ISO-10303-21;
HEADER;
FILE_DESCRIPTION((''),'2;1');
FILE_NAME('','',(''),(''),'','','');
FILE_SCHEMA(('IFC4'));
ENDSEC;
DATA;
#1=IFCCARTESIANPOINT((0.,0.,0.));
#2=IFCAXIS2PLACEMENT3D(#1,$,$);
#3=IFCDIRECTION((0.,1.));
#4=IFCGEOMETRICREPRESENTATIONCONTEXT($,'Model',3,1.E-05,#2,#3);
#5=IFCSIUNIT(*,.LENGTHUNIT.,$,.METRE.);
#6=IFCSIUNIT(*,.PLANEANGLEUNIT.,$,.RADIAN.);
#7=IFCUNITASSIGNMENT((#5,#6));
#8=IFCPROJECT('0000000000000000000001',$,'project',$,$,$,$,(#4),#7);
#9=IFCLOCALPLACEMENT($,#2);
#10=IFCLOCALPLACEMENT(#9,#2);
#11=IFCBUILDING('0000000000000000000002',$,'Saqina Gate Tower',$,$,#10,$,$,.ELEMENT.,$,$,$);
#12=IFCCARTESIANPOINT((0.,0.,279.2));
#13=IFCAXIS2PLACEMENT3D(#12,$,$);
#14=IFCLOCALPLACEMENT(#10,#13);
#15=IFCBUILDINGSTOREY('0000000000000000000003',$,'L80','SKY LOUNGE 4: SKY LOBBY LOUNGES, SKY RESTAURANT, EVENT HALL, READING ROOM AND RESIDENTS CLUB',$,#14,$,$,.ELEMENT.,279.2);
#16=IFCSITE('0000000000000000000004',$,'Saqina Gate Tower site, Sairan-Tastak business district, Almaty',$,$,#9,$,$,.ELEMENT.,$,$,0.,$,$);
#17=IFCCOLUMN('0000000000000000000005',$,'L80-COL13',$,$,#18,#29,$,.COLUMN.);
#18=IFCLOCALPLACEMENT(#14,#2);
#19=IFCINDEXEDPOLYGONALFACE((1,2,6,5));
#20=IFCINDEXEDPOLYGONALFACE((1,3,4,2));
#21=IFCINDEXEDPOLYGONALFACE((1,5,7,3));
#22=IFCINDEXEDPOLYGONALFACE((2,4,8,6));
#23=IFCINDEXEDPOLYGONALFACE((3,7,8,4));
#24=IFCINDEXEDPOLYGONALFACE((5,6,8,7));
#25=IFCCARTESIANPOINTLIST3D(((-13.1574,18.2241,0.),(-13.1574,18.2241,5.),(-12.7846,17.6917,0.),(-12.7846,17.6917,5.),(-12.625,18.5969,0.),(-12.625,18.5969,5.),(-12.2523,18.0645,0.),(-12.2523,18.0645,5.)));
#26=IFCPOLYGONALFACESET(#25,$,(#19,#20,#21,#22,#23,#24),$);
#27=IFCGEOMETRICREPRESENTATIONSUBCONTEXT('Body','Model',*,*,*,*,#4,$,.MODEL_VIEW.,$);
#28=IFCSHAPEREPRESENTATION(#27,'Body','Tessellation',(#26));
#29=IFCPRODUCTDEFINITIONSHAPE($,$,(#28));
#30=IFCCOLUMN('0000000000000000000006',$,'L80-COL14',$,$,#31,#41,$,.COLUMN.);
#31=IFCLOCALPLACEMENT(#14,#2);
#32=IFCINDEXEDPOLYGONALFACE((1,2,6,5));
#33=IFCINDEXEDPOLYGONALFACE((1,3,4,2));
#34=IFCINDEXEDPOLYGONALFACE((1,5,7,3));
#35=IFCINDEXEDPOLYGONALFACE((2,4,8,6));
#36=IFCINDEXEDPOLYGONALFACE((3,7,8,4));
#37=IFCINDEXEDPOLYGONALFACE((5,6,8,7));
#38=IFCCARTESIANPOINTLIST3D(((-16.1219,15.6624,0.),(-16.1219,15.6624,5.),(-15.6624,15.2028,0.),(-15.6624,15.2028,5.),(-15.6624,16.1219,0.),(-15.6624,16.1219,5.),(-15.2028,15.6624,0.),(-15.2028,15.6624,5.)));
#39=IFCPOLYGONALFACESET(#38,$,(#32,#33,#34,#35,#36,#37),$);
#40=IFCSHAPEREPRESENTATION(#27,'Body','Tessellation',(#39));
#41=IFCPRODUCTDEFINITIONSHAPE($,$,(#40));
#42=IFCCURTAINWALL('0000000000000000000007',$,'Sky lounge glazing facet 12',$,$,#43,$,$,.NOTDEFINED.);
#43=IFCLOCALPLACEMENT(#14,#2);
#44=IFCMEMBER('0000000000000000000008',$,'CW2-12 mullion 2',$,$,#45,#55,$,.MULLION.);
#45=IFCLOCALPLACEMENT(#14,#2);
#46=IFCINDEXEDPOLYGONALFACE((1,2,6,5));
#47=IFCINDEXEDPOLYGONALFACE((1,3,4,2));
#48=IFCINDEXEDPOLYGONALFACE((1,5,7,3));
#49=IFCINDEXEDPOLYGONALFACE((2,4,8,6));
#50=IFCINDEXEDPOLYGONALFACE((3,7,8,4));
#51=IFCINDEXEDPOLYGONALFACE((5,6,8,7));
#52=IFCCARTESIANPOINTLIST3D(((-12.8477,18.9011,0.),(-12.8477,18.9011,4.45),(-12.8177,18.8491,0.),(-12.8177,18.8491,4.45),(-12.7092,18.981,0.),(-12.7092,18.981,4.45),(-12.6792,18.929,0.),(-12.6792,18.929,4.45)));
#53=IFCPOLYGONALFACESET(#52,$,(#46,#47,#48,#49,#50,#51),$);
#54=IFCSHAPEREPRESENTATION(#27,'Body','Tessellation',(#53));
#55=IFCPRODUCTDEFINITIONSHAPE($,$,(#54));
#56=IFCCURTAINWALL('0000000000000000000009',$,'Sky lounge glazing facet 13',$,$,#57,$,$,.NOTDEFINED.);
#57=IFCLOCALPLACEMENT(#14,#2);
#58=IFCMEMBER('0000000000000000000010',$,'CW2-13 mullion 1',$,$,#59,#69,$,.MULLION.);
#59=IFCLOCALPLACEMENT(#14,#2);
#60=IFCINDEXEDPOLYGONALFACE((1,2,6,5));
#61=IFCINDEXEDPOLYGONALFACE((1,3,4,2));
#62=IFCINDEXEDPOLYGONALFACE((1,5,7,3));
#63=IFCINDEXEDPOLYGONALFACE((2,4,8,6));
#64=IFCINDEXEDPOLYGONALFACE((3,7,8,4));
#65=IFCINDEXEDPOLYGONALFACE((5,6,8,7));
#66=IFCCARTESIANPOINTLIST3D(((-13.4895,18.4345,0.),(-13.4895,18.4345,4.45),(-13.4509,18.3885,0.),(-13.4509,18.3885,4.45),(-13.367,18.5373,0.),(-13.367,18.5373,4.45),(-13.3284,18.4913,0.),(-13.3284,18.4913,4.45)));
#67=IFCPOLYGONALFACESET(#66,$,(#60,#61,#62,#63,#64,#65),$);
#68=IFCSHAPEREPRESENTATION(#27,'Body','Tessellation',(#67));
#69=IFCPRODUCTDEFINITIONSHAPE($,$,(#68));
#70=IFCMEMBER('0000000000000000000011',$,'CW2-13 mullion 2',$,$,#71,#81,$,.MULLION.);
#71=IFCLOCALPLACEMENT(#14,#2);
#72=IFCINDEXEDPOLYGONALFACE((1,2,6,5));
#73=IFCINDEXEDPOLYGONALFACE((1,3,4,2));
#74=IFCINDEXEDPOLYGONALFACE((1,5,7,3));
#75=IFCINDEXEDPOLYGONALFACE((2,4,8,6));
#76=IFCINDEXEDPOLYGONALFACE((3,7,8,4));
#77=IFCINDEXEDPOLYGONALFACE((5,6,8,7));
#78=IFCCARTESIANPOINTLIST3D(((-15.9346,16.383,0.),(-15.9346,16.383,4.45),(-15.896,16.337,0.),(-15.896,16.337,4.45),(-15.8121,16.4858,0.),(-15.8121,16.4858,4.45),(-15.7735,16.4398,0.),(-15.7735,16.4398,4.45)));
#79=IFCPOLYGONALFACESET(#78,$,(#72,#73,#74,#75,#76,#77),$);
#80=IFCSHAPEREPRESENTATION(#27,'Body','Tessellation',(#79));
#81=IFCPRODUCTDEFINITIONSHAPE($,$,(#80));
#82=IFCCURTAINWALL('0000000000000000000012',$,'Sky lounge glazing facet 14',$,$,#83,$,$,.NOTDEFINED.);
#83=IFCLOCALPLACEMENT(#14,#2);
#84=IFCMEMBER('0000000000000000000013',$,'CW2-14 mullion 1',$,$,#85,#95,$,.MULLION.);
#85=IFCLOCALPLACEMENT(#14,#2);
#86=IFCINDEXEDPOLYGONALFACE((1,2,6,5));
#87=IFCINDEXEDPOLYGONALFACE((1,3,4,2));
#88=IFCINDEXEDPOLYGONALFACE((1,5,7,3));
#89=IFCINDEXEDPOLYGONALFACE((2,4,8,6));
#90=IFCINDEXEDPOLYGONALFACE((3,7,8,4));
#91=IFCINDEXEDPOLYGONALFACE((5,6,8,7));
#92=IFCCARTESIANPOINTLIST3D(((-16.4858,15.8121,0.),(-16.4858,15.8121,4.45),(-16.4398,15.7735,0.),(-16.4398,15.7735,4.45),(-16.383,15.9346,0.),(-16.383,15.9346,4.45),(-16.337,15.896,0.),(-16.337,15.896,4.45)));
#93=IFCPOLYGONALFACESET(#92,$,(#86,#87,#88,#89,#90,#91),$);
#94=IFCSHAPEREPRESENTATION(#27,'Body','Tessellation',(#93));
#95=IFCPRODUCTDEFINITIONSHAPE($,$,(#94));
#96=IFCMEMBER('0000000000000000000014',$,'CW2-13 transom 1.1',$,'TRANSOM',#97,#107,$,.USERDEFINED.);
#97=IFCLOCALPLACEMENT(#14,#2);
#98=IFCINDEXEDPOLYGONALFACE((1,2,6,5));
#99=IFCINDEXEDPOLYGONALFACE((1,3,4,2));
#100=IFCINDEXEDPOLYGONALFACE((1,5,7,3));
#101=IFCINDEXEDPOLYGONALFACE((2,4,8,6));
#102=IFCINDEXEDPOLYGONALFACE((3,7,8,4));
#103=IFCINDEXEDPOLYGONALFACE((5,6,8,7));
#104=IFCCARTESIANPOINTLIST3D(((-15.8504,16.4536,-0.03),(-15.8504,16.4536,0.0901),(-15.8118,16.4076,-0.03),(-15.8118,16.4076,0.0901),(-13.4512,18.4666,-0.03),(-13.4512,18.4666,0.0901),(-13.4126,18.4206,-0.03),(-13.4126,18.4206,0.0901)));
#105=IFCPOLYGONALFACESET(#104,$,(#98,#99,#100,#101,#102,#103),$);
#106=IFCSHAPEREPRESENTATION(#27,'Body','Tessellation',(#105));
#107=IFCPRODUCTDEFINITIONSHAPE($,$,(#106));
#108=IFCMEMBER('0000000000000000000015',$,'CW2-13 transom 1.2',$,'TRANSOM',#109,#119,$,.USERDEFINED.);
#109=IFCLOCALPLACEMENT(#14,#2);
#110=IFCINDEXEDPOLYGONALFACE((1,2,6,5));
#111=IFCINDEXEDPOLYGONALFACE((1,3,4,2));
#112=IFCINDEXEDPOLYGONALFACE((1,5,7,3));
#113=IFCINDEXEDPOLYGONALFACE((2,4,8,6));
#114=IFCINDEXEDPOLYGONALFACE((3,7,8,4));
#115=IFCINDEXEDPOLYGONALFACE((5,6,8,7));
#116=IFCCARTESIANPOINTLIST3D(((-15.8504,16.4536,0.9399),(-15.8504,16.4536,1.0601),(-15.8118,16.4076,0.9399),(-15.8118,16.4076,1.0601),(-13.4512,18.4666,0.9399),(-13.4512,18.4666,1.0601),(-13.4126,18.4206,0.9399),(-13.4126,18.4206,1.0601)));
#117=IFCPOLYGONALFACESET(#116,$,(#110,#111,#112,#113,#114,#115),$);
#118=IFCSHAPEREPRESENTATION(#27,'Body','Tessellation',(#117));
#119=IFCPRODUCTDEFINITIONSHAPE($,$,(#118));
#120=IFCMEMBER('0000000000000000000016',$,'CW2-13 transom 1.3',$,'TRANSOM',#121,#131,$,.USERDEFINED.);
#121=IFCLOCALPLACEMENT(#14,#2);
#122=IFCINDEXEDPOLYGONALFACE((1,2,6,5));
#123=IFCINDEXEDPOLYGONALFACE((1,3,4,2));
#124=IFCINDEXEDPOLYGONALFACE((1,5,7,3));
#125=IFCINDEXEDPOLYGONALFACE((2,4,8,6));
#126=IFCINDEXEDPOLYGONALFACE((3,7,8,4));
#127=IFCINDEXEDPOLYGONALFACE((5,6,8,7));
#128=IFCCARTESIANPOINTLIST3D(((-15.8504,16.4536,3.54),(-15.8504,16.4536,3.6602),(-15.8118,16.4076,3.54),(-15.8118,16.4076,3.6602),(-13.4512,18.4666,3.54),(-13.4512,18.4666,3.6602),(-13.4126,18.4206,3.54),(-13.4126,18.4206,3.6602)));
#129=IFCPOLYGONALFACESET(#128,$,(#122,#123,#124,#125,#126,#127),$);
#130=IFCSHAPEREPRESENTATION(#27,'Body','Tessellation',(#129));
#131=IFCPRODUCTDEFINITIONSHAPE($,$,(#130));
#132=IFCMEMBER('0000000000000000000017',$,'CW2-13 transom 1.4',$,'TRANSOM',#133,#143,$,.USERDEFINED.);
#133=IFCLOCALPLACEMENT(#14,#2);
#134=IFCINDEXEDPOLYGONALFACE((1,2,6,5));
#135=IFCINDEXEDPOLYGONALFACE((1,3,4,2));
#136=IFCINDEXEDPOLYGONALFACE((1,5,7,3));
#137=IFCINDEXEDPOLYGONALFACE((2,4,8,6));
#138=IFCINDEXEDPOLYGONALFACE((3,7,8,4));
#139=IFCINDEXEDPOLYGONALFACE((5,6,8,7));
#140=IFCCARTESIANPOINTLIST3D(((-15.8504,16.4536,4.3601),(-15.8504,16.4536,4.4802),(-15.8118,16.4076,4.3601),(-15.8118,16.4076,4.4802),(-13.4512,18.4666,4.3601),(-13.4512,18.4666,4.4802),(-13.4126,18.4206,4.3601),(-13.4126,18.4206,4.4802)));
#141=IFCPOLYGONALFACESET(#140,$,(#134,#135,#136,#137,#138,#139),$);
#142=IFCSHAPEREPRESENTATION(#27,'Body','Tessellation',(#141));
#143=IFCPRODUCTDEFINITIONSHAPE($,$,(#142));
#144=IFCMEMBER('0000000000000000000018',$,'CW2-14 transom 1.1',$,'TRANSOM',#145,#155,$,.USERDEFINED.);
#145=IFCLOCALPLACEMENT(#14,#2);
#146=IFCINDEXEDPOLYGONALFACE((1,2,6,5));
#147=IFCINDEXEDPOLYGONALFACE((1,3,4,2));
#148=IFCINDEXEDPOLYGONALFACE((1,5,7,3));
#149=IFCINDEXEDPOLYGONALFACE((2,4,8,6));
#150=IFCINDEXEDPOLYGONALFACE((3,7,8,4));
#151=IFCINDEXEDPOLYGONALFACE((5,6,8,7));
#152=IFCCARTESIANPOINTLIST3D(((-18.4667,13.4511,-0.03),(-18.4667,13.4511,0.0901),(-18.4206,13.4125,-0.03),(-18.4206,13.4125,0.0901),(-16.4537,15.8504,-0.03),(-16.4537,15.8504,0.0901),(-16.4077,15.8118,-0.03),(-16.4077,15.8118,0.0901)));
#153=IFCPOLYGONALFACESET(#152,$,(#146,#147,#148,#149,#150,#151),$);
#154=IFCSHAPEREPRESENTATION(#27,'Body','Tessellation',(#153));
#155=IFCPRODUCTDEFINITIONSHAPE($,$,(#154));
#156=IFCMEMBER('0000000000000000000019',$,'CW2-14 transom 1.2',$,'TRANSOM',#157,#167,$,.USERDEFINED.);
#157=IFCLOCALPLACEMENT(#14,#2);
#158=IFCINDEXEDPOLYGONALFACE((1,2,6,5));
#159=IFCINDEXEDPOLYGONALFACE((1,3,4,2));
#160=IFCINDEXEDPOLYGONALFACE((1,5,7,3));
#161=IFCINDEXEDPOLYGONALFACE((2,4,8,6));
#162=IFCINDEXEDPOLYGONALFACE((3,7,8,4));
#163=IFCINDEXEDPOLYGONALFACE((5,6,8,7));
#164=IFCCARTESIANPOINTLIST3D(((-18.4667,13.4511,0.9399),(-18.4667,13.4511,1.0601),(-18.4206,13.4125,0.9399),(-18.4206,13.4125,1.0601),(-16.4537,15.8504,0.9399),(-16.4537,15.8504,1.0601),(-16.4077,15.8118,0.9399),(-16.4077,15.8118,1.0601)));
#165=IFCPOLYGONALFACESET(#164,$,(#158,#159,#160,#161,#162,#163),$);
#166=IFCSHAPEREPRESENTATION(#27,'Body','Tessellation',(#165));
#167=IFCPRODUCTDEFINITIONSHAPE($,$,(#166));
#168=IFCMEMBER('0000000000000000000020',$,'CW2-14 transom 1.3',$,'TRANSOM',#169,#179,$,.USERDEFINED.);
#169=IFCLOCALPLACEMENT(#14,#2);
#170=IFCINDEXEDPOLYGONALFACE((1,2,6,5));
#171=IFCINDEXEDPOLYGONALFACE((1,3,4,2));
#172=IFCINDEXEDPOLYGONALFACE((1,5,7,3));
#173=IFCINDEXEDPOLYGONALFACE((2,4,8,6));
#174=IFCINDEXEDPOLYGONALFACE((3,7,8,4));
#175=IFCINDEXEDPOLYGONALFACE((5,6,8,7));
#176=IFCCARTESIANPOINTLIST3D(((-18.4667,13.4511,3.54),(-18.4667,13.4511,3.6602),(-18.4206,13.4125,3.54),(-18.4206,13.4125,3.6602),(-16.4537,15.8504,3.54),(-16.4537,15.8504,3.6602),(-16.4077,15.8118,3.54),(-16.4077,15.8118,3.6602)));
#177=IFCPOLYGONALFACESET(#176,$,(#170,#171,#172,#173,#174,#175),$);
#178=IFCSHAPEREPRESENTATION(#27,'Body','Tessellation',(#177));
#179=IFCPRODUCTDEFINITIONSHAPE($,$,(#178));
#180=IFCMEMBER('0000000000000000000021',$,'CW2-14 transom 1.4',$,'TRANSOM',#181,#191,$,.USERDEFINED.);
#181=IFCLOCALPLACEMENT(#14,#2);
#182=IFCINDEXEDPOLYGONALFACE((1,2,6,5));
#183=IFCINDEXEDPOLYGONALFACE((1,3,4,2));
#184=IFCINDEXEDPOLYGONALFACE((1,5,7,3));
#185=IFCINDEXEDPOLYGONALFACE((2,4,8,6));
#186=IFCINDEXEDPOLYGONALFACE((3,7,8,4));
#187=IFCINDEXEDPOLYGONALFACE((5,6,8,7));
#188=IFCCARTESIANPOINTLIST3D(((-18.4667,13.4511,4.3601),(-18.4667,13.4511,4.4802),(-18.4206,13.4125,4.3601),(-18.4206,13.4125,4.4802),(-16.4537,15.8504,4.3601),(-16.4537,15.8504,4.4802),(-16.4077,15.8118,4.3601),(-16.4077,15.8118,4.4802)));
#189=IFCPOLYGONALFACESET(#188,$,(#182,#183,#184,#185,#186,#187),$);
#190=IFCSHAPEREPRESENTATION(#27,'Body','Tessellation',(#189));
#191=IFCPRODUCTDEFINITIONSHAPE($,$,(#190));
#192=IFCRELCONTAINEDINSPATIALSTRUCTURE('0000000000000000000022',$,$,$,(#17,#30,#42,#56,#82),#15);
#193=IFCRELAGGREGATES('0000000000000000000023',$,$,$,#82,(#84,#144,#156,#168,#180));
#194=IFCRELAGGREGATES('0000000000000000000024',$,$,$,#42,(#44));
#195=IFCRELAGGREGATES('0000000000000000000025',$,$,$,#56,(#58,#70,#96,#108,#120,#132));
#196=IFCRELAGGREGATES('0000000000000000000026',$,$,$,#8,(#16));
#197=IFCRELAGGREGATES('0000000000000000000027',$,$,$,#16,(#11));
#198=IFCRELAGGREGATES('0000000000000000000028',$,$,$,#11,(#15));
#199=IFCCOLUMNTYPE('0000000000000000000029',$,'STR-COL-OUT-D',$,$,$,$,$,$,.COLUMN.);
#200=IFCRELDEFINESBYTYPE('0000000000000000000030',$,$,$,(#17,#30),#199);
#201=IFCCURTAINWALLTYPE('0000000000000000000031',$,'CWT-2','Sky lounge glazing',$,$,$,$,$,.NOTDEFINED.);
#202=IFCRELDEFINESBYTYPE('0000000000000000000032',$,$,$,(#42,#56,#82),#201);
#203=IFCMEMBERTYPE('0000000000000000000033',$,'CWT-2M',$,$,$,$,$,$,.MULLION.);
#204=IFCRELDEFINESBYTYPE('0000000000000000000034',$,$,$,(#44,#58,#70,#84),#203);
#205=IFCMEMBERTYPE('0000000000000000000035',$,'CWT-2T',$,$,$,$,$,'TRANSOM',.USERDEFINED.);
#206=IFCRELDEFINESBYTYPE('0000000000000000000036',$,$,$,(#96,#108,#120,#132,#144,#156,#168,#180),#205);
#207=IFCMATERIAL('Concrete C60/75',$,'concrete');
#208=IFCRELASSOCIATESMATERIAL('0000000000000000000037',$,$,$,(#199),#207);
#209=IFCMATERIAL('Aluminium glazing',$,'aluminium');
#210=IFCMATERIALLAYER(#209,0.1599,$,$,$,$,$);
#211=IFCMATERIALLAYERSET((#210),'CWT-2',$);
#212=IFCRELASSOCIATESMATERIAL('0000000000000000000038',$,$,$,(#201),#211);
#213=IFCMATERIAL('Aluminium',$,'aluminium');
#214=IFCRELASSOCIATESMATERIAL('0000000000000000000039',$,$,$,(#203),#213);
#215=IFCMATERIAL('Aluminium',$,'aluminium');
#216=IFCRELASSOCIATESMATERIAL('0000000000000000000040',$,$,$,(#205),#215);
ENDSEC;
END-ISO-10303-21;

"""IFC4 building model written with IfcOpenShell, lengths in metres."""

from ifc_helpers import new_model, si_unit, direction, frame, origin, origin_2d, place, context, subcontext, project, spatial, rectangle, extrude, material, layer, layer_set, material_profile, profile_set, type_object, element, aggregate, save


model = new_model("IFC4")

# Units and contexts
model_context = context("Model", 3, precision=1e-05, world=origin(), true_north=direction((0.0, 1.0)))
body_context = subcontext(model_context, "Body", "Model", "MODEL_VIEW")
ifc_project = project(units=[si_unit("LENGTHUNIT", "METRE"), si_unit("PLANEANGLEUNIT", "RADIAN")], contexts=[model_context])

# Site, building, storey
site_placement = place(None, origin())
site = spatial("IfcSite", under=ifc_project, at=site_placement, Name="Saqina Gate Tower site, Sairan-Tastak business district, Almaty", CompositionType="ELEMENT", RefElevation=0.0)
building_placement = place(site_placement, origin())
building = spatial("IfcBuilding", under=site, at=building_placement, Name="Saqina Gate Tower", CompositionType="ELEMENT")
storey_placement = place(building_placement, frame((0.0, 0.0, 279.2)))
storey = spatial("IfcBuildingStorey", under=building, at=storey_placement, Name="L80", Description="SKY LOUNGE 4: SKY LOBBY LOUNGES, SKY RESTAURANT, EVENT HALL, READING ROOM AND RESIDENTS CLUB", CompositionType="ELEMENT", Elevation=279.2)

# Columns
ifc_material_1 = material(Name="Concrete C60/75", Category="concrete")
ifc_material_profile_1 = material_profile(ifc_material_1, rectangle(XDim=0.6499, YDim=0.6499, at=origin_2d()), Name="RC 650x650")
ifc_profile_set_1 = profile_set([ifc_material_profile_1], Name="Concrete C60/75")
column_type = type_object("IfcColumnType", Name="STR-COL-OUT-D", PredefinedType="COLUMN", material=ifc_profile_set_1)
for number, where, z_axis, x_axis, name in (
    (1, (-12.7048, 18.1443, 0.0), (0.0, 0.0, 1.0), (-0.573576, 0.819152, 0.0), "L80-COL13"),
    (2, (-15.6624, 15.6624, 0.0), (0.0, 0.0, 1.0), (-0.707107, 0.707107, 0.0), "L80-COL14"),
):
    element("IfcColumn", number, at=place(storey_placement, frame(where, z_axis=z_axis, x_axis=x_axis)), inside=storey, type_object=column_type, Name=name, PredefinedType="COLUMN", context=body_context, shape_type="SweptSolid", body=[
        extrude(rectangle(XDim=0.6499, YDim=0.6499, at=origin_2d()), origin(), (0.0, 0.0, 1.0), 5.0),
    ])

# Curtain wall, member
ifc_material_2 = material(Name="Aluminium glazing", Category="aluminium")
ifc_layer_1 = layer(ifc_material_2, 0.1599)
ifc_layer_set_1 = layer_set([ifc_layer_1], Name="CWT-2")
curtain_wall_type = type_object("IfcCurtainWallType", Name="CWT-2", Description="Sky lounge glazing", PredefinedType="NOTDEFINED", material=ifc_layer_set_1)
curtain_wall_1_placement = place(storey_placement, origin())
curtain_wall_1 = element("IfcCurtainWall", 3, at=curtain_wall_1_placement, inside=storey, type_object=curtain_wall_type, Name="Sky lounge glazing facet 12", PredefinedType="NOTDEFINED")
ifc_material_3 = material(Name="Aluminium", Category="aluminium")
ifc_material_profile_2 = material_profile(ifc_material_3, rectangle(XDim=0.0601, YDim=0.1599, at=origin_2d()), Name="Aluminium 60x160")
ifc_profile_set_2 = profile_set([ifc_material_profile_2], Name="Aluminium")
member_type_1 = type_object("IfcMemberType", Name="CWT-2M", PredefinedType="MULLION", material=ifc_profile_set_2)
member_1_placement = place(storey_placement, frame((-12.7634, 18.915, 0.0), z_axis=(0.0, 0.0, 1.0), x_axis=(0.499982, -0.866036, 0.0)))
member_1 = element("IfcMember", 4, at=member_1_placement, type_object=member_type_1, Name="CW2-12 mullion 2", PredefinedType="MULLION", context=body_context, shape_type="SweptSolid", body=[
    extrude(rectangle(XDim=0.0601, YDim=0.1599, at=origin_2d()), origin(), (0.0, 0.0, 1.0), 4.45),
])

# Curtain wall, members
curtain_wall_2_placement = place(storey_placement, origin())
curtain_wall_2 = element("IfcCurtainWall", 5, at=curtain_wall_2_placement, inside=storey, type_object=curtain_wall_type, Name="Sky lounge glazing facet 13", PredefinedType="NOTDEFINED")
member_2_placement = place(storey_placement, frame((-13.4089, 18.4629, 0.0), z_axis=(0.0, 0.0, 1.0), x_axis=(0.642785, -0.766046, 0.0)))
member_2 = element("IfcMember", 6, at=member_2_placement, type_object=member_type_1, Name="CW2-13 mullion 1", PredefinedType="MULLION", context=body_context, shape_type="SweptSolid", body=[
    extrude(rectangle(XDim=0.0601, YDim=0.1599, at=origin_2d()), origin(), (0.0, 0.0, 1.0), 4.45),
])
member_3_placement = place(storey_placement, frame((-15.854, 16.4114, 0.0), z_axis=(0.0, 0.0, 1.0), x_axis=(0.642785, -0.766046, 0.0)))
member_3 = element("IfcMember", 7, at=member_3_placement, type_object=member_type_1, Name="CW2-13 mullion 2", PredefinedType="MULLION", context=body_context, shape_type="SweptSolid", body=[
    extrude(rectangle(XDim=0.0601, YDim=0.1599, at=origin_2d()), origin(), (0.0, 0.0, 1.0), 4.45),
])

# Curtain wall, member
curtain_wall_3_placement = place(storey_placement, origin())
curtain_wall_3 = element("IfcCurtainWall", 8, at=curtain_wall_3_placement, inside=storey, type_object=curtain_wall_type, Name="Sky lounge glazing facet 14", PredefinedType="NOTDEFINED")
member_4_placement = place(storey_placement, frame((-16.4114, 15.854, 0.0), z_axis=(0.0, 0.0, 1.0), x_axis=(0.766046, -0.642785, 0.0)))
member_4 = element("IfcMember", 9, at=member_4_placement, type_object=member_type_1, Name="CW2-14 mullion 1", PredefinedType="MULLION", context=body_context, shape_type="SweptSolid", body=[
    extrude(rectangle(XDim=0.0601, YDim=0.1599, at=origin_2d()), origin(), (0.0, 0.0, 1.0), 4.45),
])

# Members
ifc_material_4 = material(Name="Aluminium", Category="aluminium")
ifc_material_profile_3 = material_profile(ifc_material_4, rectangle(XDim=0.0601, YDim=0.1201, at=origin_2d()), Name="Aluminium 60x120")
ifc_profile_set_3 = profile_set([ifc_material_profile_3], Name="Aluminium")
member_type_2 = type_object("IfcMemberType", Name="CWT-2T", ElementType="TRANSOM", PredefinedType="USERDEFINED", material=ifc_profile_set_3)
member_5_placement = place(storey_placement, frame((-13.4319, 18.4436, 0.03), z_axis=(-0.766076, -0.64275, 0.0), x_axis=(0.64275, -0.766076, 0.0)))
member_5 = element("IfcMember", 10, at=member_5_placement, type_object=member_type_2, Name="CW2-13 transom 1.1", ObjectType="TRANSOM", PredefinedType="USERDEFINED", context=body_context, shape_type="SweptSolid", body=[
    extrude(rectangle(XDim=0.0601, YDim=0.1201, at=origin_2d()), origin(), (0.0, 0.0, 1.0), 3.1318),
])
member_6_placement = place(storey_placement, frame((-13.4319, 18.4436, 1.0), z_axis=(-0.766076, -0.64275, 0.0), x_axis=(0.64275, -0.766076, 0.0)))
member_6 = element("IfcMember", 11, at=member_6_placement, type_object=member_type_2, Name="CW2-13 transom 1.2", ObjectType="TRANSOM", PredefinedType="USERDEFINED", context=body_context, shape_type="SweptSolid", body=[
    extrude(rectangle(XDim=0.0601, YDim=0.1201, at=origin_2d()), origin(), (0.0, 0.0, 1.0), 3.1318),
])
member_7_placement = place(storey_placement, frame((-13.4319, 18.4436, 3.6001), z_axis=(-0.766076, -0.64275, 0.0), x_axis=(0.64275, -0.766076, 0.0)))
member_7 = element("IfcMember", 12, at=member_7_placement, type_object=member_type_2, Name="CW2-13 transom 1.3", ObjectType="TRANSOM", PredefinedType="USERDEFINED", context=body_context, shape_type="SweptSolid", body=[
    extrude(rectangle(XDim=0.0601, YDim=0.1201, at=origin_2d()), origin(), (0.0, 0.0, 1.0), 3.1318),
])
member_8_placement = place(storey_placement, frame((-13.4319, 18.4436, 4.4202), z_axis=(-0.766076, -0.64275, 0.0), x_axis=(0.64275, -0.766076, 0.0)))
member_8 = element("IfcMember", 13, at=member_8_placement, type_object=member_type_2, Name="CW2-13 transom 1.4", ObjectType="TRANSOM", PredefinedType="USERDEFINED", context=body_context, shape_type="SweptSolid", body=[
    extrude(rectangle(XDim=0.0601, YDim=0.1201, at=origin_2d()), origin(), (0.0, 0.0, 1.0), 3.1318),
])
member_9_placement = place(storey_placement, frame((-16.4307, 15.8311, 0.03), z_axis=(-0.64275, -0.766076, 0.0), x_axis=(0.766076, -0.64275, 0.0)))
member_9 = element("IfcMember", 14, at=member_9_placement, type_object=member_type_2, Name="CW2-14 transom 1.1", ObjectType="TRANSOM", PredefinedType="USERDEFINED", context=body_context, shape_type="SweptSolid", body=[
    extrude(rectangle(XDim=0.0601, YDim=0.1201, at=origin_2d()), origin(), (0.0, 0.0, 1.0), 3.1318),
])
member_10_placement = place(storey_placement, frame((-16.4307, 15.8311, 1.0), z_axis=(-0.64275, -0.766076, 0.0), x_axis=(0.766076, -0.64275, 0.0)))
member_10 = element("IfcMember", 15, at=member_10_placement, type_object=member_type_2, Name="CW2-14 transom 1.2", ObjectType="TRANSOM", PredefinedType="USERDEFINED", context=body_context, shape_type="SweptSolid", body=[
    extrude(rectangle(XDim=0.0601, YDim=0.1201, at=origin_2d()), origin(), (0.0, 0.0, 1.0), 3.1318),
])
member_11_placement = place(storey_placement, frame((-16.4307, 15.8311, 3.6001), z_axis=(-0.64275, -0.766076, 0.0), x_axis=(0.766076, -0.64275, 0.0)))
member_11 = element("IfcMember", 16, at=member_11_placement, type_object=member_type_2, Name="CW2-14 transom 1.3", ObjectType="TRANSOM", PredefinedType="USERDEFINED", context=body_context, shape_type="SweptSolid", body=[
    extrude(rectangle(XDim=0.0601, YDim=0.1201, at=origin_2d()), origin(), (0.0, 0.0, 1.0), 3.1318),
])
member_12_placement = place(storey_placement, frame((-16.4307, 15.8311, 4.4202), z_axis=(-0.64275, -0.766076, 0.0), x_axis=(0.766076, -0.64275, 0.0)))
member_12 = element("IfcMember", 17, at=member_12_placement, type_object=member_type_2, Name="CW2-14 transom 1.4", ObjectType="TRANSOM", PredefinedType="USERDEFINED", context=body_context, shape_type="SweptSolid", body=[
    extrude(rectangle(XDim=0.0601, YDim=0.1201, at=origin_2d()), origin(), (0.0, 0.0, 1.0), 3.1318),
])
aggregate(curtain_wall_3, [member_4, member_9, member_10, member_11, member_12])

aggregate(curtain_wall_1, [member_1])
aggregate(curtain_wall_2, [member_2, member_3, member_5, member_6, member_7, member_8])

save(model, "model.ifc")
